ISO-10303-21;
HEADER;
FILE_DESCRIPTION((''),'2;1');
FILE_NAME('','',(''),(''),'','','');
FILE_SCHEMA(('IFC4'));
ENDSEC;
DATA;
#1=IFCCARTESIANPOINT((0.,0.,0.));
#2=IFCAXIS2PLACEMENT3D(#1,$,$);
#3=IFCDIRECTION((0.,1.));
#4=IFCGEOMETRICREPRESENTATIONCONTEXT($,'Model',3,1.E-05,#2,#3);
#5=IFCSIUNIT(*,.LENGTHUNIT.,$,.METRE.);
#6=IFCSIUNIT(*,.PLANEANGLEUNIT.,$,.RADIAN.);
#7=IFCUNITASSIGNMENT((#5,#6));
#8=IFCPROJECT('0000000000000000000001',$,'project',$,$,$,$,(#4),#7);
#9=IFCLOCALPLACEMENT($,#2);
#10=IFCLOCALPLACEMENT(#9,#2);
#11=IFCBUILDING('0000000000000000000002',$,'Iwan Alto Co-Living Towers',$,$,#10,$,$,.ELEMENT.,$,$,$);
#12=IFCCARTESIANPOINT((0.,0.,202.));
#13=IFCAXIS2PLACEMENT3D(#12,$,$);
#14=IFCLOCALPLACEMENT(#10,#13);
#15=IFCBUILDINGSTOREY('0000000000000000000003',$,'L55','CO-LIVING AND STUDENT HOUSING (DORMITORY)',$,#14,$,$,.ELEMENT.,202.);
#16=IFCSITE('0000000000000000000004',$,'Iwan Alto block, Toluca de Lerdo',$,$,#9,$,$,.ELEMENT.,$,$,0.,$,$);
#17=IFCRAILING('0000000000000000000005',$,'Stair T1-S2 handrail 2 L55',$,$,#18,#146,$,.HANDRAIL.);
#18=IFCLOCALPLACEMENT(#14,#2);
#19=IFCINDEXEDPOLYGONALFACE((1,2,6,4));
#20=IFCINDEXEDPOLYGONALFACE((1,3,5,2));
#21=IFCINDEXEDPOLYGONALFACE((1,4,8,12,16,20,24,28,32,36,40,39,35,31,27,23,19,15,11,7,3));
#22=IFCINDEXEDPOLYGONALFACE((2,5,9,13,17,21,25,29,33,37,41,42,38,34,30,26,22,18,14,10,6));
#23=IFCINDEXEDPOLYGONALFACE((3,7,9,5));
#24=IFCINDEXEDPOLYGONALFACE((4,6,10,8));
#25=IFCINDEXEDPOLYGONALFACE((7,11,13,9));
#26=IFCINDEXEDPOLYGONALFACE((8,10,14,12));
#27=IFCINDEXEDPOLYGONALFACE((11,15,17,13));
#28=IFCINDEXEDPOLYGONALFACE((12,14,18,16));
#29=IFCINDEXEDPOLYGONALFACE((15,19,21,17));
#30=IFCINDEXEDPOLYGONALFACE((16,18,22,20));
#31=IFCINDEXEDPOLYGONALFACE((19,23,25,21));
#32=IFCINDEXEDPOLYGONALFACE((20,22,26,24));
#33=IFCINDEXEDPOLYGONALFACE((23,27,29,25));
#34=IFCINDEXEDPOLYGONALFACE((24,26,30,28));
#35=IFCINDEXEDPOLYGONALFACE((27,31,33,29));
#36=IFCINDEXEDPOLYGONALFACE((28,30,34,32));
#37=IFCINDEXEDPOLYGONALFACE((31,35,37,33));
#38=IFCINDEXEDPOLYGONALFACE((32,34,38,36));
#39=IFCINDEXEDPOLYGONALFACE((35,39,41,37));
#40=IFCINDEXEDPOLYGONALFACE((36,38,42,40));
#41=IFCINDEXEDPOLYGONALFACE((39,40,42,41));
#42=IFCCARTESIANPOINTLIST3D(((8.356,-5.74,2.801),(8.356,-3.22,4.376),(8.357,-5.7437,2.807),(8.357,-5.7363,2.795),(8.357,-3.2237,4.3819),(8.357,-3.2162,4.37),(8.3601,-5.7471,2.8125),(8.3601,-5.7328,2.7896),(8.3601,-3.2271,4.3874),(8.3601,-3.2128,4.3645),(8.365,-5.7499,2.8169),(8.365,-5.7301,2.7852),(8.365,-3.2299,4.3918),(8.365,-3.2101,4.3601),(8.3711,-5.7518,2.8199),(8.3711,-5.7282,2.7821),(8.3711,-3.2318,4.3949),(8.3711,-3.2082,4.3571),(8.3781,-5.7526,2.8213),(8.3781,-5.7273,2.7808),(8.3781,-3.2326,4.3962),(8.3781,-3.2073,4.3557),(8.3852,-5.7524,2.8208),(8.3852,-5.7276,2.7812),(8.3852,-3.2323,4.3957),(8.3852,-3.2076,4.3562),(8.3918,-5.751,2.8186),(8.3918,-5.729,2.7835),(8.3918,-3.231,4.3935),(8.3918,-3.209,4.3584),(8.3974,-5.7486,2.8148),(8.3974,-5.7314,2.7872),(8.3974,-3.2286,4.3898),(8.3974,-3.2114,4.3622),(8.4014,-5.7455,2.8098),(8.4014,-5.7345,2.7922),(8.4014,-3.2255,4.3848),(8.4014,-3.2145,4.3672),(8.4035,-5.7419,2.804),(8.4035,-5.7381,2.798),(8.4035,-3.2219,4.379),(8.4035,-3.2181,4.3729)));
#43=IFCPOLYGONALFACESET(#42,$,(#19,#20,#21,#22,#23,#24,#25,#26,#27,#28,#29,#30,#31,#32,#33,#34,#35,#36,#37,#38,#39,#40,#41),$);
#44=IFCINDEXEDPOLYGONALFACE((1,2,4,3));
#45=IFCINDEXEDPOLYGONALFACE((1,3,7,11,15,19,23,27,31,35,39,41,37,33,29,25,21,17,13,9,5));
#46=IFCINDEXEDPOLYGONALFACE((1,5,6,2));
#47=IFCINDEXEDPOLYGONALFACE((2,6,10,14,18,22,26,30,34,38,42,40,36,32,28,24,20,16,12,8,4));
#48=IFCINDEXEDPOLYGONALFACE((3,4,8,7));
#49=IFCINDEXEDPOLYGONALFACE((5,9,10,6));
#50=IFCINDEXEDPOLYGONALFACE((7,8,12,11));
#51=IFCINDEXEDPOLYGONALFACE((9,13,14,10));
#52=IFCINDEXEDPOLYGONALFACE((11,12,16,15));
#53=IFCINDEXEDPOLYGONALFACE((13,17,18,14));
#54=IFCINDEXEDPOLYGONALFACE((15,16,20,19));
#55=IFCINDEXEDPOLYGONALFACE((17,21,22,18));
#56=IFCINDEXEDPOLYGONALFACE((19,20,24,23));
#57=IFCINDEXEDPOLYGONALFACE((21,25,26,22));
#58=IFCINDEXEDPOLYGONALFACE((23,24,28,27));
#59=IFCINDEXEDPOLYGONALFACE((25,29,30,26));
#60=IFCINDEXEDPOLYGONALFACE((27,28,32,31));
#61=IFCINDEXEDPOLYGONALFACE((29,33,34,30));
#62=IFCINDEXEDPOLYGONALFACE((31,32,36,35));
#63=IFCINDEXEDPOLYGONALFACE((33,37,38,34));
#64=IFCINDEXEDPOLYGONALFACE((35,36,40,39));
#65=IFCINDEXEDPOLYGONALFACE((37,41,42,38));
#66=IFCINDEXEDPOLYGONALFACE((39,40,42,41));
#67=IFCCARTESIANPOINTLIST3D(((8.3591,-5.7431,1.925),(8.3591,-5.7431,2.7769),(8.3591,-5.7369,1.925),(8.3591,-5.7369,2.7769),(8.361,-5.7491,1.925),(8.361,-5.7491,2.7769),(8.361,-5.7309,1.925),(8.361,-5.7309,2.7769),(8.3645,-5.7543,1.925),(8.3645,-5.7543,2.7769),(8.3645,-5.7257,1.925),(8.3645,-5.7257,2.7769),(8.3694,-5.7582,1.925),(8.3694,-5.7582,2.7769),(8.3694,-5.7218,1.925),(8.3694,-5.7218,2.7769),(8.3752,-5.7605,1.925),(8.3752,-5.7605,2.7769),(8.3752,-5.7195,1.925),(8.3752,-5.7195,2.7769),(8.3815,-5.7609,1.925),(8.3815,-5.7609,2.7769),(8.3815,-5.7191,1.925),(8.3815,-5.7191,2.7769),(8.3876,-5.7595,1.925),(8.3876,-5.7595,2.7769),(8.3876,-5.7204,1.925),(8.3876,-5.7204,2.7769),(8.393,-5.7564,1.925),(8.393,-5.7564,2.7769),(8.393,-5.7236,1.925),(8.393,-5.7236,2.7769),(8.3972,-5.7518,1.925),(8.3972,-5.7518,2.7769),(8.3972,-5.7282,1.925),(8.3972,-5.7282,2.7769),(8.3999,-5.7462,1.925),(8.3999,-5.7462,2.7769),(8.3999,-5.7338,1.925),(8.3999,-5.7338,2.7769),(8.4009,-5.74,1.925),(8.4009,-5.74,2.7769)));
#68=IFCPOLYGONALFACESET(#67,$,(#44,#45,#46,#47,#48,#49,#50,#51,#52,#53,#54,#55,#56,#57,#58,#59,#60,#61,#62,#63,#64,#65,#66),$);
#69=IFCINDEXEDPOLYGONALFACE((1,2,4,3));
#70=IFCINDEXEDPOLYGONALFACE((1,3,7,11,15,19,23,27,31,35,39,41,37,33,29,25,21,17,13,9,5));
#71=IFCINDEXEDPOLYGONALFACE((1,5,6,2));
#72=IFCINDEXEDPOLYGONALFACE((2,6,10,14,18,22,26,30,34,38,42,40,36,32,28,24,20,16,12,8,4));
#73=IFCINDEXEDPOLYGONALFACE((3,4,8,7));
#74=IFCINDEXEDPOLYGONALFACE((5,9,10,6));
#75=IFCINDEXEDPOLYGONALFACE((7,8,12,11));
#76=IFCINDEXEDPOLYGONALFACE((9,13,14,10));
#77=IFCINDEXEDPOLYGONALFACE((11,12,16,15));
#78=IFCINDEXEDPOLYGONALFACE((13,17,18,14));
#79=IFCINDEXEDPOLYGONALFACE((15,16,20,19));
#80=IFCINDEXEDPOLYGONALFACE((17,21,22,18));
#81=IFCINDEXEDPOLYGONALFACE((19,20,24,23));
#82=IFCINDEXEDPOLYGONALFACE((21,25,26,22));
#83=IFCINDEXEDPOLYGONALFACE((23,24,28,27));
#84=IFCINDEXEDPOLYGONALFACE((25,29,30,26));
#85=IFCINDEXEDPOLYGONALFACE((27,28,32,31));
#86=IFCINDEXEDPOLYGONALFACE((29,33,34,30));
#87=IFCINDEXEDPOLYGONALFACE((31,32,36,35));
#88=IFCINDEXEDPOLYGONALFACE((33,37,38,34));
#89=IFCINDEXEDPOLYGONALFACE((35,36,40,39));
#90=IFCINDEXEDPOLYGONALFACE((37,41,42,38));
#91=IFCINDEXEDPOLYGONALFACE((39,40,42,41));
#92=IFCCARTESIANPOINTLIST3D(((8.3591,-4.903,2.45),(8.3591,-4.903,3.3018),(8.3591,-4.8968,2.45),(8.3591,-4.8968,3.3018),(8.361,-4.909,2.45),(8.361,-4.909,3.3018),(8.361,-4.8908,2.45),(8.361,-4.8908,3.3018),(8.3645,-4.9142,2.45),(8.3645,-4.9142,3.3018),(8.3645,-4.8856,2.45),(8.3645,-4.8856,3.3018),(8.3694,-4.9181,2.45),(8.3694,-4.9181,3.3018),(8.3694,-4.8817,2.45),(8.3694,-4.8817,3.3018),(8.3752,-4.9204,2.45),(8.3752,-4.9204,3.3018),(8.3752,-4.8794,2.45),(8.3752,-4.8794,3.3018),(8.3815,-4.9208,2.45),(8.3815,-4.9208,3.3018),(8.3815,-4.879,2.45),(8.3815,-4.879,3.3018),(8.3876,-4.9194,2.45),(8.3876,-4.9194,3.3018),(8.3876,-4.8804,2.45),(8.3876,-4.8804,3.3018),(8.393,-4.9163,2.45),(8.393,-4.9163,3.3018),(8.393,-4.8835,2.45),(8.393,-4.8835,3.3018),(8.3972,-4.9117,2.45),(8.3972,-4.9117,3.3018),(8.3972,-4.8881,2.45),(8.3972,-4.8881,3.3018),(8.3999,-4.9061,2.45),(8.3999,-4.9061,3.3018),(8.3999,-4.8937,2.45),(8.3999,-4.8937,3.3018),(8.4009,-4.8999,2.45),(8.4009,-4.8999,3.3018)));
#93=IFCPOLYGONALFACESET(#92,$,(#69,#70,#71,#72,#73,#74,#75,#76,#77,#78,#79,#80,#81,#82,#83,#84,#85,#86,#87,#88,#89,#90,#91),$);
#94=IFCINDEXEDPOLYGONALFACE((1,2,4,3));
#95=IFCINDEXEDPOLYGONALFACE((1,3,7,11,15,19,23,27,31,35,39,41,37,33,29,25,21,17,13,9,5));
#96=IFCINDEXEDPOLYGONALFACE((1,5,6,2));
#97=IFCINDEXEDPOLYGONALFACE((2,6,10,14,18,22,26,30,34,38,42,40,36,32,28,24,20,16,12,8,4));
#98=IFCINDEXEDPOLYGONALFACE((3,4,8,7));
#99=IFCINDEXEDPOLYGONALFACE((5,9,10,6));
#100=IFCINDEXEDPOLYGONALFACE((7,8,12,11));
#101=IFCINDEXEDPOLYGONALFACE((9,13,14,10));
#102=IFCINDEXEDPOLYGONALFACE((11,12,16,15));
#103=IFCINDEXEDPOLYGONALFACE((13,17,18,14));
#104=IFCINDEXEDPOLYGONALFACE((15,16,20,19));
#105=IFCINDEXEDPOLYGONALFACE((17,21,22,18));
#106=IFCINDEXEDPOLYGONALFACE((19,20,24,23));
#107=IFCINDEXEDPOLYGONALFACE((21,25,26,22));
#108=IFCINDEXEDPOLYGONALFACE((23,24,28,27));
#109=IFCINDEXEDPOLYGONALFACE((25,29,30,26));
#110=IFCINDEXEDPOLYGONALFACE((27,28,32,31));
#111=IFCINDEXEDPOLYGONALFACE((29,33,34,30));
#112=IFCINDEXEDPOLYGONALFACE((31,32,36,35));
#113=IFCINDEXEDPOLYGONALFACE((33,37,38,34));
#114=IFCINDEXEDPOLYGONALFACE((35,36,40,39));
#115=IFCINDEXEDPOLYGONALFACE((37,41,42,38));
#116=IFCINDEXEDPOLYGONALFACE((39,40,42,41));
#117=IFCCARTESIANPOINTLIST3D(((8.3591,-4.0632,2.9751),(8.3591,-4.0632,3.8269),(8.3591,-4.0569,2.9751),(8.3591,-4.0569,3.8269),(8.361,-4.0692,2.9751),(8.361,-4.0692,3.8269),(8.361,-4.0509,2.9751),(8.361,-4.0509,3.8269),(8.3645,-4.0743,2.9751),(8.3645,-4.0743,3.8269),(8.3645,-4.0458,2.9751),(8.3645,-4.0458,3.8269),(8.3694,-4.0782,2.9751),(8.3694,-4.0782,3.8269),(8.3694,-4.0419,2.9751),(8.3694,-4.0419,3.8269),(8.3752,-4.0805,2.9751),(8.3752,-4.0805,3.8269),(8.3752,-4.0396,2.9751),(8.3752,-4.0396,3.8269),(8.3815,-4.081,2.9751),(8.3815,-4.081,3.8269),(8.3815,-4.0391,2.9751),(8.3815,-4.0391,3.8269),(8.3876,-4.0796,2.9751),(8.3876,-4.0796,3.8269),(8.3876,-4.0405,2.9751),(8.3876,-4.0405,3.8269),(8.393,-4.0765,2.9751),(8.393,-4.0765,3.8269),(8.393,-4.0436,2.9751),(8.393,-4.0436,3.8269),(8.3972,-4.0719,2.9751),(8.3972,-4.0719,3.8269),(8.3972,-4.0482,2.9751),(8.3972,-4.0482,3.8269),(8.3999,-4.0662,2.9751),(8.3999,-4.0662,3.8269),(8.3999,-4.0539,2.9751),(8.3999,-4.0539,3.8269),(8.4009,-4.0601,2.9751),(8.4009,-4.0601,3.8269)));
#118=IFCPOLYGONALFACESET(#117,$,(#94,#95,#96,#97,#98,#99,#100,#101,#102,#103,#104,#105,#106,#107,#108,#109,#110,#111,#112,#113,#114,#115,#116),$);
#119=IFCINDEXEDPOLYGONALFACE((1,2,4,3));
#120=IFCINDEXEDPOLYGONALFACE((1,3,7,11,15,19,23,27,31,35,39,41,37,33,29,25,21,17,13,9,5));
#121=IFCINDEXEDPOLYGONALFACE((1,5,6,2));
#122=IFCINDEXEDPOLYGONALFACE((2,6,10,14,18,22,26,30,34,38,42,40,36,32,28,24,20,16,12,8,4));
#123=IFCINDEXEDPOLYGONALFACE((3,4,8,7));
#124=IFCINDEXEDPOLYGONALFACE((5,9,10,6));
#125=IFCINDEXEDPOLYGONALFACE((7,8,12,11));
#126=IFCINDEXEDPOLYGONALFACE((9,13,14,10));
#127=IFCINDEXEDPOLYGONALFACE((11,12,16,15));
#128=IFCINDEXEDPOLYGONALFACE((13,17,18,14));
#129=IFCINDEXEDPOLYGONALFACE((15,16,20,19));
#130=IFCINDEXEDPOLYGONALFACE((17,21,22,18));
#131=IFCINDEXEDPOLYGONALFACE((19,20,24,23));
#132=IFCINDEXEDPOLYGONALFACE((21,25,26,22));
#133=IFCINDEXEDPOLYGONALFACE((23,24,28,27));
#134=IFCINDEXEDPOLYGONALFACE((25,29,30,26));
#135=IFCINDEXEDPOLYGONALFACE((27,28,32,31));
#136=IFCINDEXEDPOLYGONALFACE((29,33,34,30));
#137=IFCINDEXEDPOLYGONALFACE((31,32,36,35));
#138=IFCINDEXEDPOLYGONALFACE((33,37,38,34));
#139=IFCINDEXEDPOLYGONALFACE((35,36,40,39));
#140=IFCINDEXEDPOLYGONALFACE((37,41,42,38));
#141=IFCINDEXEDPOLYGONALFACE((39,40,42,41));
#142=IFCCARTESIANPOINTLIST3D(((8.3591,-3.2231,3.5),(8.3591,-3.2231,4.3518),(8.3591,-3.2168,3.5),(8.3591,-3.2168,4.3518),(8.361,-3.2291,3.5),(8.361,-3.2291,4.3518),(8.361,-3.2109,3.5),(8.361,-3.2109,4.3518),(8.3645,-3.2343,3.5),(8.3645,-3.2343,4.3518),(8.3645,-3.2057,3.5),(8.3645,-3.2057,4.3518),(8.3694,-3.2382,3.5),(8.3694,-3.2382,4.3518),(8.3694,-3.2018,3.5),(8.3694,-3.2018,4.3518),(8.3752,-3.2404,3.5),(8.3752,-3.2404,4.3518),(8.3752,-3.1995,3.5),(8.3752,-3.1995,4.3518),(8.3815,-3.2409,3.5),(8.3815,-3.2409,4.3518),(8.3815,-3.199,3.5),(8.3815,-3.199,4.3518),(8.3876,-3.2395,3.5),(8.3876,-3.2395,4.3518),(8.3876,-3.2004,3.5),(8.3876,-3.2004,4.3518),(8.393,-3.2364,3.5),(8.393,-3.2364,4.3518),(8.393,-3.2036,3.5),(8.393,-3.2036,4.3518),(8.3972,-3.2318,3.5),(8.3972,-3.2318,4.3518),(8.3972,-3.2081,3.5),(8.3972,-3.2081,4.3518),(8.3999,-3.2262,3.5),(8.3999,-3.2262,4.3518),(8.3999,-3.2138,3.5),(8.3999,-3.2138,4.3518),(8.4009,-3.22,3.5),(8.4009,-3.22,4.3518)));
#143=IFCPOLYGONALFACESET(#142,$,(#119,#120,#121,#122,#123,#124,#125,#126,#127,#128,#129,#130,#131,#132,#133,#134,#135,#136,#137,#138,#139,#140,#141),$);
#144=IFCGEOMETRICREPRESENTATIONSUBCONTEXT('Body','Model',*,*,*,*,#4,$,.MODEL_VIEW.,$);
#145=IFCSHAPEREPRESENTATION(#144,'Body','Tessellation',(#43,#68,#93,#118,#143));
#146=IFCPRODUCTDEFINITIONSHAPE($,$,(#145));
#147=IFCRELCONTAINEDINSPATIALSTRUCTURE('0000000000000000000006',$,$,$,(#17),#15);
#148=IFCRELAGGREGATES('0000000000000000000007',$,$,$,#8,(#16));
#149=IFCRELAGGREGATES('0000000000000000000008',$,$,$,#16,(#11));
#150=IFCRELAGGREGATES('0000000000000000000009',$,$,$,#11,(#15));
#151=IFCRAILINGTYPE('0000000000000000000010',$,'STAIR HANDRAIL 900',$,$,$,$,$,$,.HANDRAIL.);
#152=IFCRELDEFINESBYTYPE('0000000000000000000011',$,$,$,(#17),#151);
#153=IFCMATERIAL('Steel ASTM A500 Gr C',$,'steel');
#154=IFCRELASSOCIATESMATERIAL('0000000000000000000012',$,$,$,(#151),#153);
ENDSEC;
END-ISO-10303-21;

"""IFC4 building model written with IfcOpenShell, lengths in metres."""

from ifc_helpers import new_model, si_unit, direction, frame, origin, origin_2d, place, context, subcontext, project, spatial, circle, extrude, material, type_object, element, save


model = new_model("IFC4")

# Units and contexts
model_context = context("Model", 3, precision=1e-05, world=origin(), true_north=direction((0.0, 1.0)))
body_context = subcontext(model_context, "Body", "Model", "MODEL_VIEW")
ifc_project = project(units=[si_unit("LENGTHUNIT", "METRE"), si_unit("PLANEANGLEUNIT", "RADIAN")], contexts=[model_context])

# Site, building, storey
site_placement = place(None, origin())
site = spatial("IfcSite", under=ifc_project, at=site_placement, Name="Iwan Alto block, Toluca de Lerdo", CompositionType="ELEMENT", RefElevation=0.0)
building_placement = place(site_placement, origin())
building = spatial("IfcBuilding", under=site, at=building_placement, Name="Iwan Alto Co-Living Towers", CompositionType="ELEMENT")
storey_placement = place(building_placement, frame((0.0, 0.0, 202.0)))
storey = spatial("IfcBuildingStorey", under=building, at=storey_placement, Name="L55", Description="CO-LIVING AND STUDENT HOUSING (DORMITORY)", CompositionType="ELEMENT", Elevation=202.0)

# Railing
ifc_material_1 = material(Name="Steel ASTM A500 Gr C", Category="steel")
railing_type_1 = type_object("IfcRailingType", Name="STAIR HANDRAIL 900", PredefinedType="HANDRAIL", material=ifc_material_1)
railing_1_placement = place(storey_placement, frame((8.3799, -5.74, 1.925)))
element("IfcRailing", 1, at=railing_1_placement, inside=storey, type_object=railing_type_1, Name="Stair T1-S2 handrail 2 L55", PredefinedType="HANDRAIL", context=body_context, shape_type="SweptSolid", body=[
    extrude(circle(Radius=0.0239, at=origin_2d()), frame((0.0, 0.0, 0.876), z_axis=(0.0, 0.848008, 0.529984), x_axis=(-1.0, 0.0, 0.0)), (0.0, 0.0, 1.0), 2.9717),
    extrude(circle(Radius=0.021, at=origin_2d()), origin(), (0.0, 0.0, 1.0), 0.8518),
    extrude(circle(Radius=0.021, at=origin_2d()), frame((0.0, 0.8401, 0.5249)), (0.0, 0.0, 1.0), 0.8518),
    extrude(circle(Radius=0.021, at=origin_2d()), frame((0.0, 1.6799, 1.05)), (0.0, 0.0, 1.0), 0.8518),
    extrude(circle(Radius=0.021, at=origin_2d()), frame((0.0, 2.52, 1.575)), (0.0, 0.0, 1.0), 0.8518),
])

save(model, "model.ifc")
